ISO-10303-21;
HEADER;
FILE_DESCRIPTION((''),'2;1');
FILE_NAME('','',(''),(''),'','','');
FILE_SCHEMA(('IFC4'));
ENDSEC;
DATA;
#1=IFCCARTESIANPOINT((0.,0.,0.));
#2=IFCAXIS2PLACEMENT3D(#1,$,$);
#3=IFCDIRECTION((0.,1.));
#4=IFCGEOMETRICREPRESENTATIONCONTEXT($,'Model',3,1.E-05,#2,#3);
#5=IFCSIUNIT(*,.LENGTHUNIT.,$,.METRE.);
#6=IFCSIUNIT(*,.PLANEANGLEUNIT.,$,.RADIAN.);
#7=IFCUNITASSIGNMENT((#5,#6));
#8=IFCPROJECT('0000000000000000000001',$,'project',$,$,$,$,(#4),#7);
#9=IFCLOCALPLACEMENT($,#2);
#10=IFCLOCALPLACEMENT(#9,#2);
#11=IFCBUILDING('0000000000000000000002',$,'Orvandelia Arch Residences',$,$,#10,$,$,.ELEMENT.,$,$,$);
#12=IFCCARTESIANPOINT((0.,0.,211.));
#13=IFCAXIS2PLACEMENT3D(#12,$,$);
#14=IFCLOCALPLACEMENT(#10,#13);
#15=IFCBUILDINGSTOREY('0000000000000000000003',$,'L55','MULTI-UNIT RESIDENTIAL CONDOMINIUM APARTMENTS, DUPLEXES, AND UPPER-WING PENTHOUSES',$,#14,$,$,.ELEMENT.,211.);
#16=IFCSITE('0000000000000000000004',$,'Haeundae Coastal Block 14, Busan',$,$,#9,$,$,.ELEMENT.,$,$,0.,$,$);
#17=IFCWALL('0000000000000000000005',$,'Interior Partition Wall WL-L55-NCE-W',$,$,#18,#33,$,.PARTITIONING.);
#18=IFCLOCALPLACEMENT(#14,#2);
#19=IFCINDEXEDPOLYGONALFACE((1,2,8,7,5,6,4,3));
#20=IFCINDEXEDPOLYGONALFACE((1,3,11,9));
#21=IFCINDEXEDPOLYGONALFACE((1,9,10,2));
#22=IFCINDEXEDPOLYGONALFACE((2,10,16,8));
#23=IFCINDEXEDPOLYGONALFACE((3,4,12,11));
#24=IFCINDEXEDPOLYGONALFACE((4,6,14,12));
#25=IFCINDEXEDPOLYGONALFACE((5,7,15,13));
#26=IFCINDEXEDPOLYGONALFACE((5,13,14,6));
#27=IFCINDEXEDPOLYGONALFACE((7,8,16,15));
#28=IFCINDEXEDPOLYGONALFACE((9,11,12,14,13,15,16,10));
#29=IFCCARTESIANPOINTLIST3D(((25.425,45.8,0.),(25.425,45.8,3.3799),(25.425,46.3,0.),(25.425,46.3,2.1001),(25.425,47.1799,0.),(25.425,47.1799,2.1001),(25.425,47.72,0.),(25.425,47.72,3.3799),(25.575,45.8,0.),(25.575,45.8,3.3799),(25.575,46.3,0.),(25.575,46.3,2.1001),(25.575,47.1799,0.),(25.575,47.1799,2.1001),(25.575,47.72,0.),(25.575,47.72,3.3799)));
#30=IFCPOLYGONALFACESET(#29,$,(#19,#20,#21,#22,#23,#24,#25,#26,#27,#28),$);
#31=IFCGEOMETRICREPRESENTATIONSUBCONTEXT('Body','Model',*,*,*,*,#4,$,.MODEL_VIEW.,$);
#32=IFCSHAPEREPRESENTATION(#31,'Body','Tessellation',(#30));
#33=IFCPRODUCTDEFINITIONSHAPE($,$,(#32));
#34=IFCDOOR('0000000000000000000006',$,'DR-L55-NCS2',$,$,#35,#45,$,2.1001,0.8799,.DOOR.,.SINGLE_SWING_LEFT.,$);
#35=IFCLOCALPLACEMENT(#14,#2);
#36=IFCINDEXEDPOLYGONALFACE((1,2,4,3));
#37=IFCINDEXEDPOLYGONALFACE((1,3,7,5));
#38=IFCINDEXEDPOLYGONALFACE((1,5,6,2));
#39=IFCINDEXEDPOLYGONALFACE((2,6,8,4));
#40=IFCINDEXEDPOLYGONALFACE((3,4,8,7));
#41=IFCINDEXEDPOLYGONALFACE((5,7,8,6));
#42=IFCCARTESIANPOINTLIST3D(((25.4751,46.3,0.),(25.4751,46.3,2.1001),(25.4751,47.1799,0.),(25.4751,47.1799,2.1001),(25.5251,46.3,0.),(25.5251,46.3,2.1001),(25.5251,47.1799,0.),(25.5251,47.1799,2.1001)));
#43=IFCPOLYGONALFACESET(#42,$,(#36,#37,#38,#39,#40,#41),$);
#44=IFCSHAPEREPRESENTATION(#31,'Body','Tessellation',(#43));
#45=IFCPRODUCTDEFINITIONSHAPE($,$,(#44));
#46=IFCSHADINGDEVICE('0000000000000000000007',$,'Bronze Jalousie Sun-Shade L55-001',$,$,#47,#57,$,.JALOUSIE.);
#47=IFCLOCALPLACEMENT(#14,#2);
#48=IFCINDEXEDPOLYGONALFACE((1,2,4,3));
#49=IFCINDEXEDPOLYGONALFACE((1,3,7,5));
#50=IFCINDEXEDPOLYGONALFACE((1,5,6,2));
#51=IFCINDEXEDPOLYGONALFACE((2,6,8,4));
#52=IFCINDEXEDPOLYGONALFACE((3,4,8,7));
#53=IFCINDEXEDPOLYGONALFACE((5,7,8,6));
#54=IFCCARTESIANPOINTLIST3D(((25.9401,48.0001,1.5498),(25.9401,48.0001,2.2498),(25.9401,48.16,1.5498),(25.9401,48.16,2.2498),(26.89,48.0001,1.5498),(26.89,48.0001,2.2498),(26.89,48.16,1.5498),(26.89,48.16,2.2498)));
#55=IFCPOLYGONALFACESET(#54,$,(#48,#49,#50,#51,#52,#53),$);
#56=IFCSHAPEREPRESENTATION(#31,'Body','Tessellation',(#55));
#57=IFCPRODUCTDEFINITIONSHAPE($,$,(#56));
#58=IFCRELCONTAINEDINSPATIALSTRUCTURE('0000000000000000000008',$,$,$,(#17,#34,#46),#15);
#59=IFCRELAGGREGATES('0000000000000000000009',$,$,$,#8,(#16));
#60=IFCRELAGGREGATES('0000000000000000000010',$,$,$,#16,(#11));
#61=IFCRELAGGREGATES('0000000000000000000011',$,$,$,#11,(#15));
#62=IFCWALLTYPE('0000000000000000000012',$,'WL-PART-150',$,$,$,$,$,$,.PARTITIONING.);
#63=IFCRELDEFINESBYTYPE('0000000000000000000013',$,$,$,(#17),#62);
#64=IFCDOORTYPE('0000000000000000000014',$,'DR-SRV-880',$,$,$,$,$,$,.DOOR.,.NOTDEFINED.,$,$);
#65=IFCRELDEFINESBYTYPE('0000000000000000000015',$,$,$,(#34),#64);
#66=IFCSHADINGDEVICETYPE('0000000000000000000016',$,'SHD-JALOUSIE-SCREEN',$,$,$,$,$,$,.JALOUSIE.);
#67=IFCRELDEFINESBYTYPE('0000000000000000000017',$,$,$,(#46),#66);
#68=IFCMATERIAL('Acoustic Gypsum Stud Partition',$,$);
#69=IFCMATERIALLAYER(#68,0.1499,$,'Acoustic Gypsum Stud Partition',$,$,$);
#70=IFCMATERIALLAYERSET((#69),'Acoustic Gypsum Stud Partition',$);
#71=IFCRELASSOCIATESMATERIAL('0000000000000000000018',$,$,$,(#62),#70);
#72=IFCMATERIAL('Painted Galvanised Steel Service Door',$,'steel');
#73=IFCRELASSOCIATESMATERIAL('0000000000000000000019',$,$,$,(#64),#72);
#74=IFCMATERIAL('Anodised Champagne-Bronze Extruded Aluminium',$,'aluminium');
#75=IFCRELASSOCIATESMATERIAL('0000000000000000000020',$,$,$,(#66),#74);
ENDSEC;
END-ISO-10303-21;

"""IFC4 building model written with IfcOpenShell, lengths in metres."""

from ifc_helpers import new_model, si_unit, direction, frame, frame_2d, origin, origin_2d, place, context, subcontext, project, spatial, rectangle, extrude, material, layer, layer_set, type_object, element, fill, save


model = new_model("IFC4")

# Units and contexts
model_context = context("Model", 3, precision=1e-05, world=origin(), true_north=direction((0.0, 1.0)))
body_context = subcontext(model_context, "Body", "Model", "MODEL_VIEW")
ifc_project = project(units=[si_unit("LENGTHUNIT", "METRE"), si_unit("PLANEANGLEUNIT", "RADIAN")], contexts=[model_context])

# Site, building, storey
site_placement = place(None, origin())
site = spatial("IfcSite", under=ifc_project, at=site_placement, Name="Haeundae Coastal Block 14, Busan", CompositionType="ELEMENT", RefElevation=0.0)
building_placement = place(site_placement, origin())
building = spatial("IfcBuilding", under=site, at=building_placement, Name="Orvandelia Arch Residences", CompositionType="ELEMENT")
storey_placement = place(building_placement, frame((0.0, 0.0, 211.0)))
storey = spatial("IfcBuildingStorey", under=building, at=storey_placement, Name="L55", Description="MULTI-UNIT RESIDENTIAL CONDOMINIUM APARTMENTS, DUPLEXES, AND UPPER-WING PENTHOUSES", CompositionType="ELEMENT", Elevation=211.0)

# Wall, opening, door
ifc_material_1 = material(Name="Acoustic Gypsum Stud Partition")
ifc_layer_1 = layer(ifc_material_1, 0.1499, Name="Acoustic Gypsum Stud Partition")
ifc_layer_set_1 = layer_set([ifc_layer_1], Name="Acoustic Gypsum Stud Partition")
wall_type_1 = type_object("IfcWallType", Name="WL-PART-150", PredefinedType="PARTITIONING", material=ifc_layer_set_1)
wall_1_placement = place(storey_placement, frame((25.5, 45.8, 0.0), z_axis=(0.0, 0.0, 1.0), x_axis=(0.0, 1.0, 0.0)))
wall_1 = element("IfcWall", 1, at=wall_1_placement, inside=storey, type_object=wall_type_1, Name="Interior Partition Wall WL-L55-NCE-W", PredefinedType="PARTITIONING", context=body_context, shape_type="SweptSolid", body=[
    extrude(rectangle(XDim=1.9199, YDim=0.1499, at=frame_2d((0.96, 0.0))), origin(), (0.0, 0.0, 1.0), 3.3799),
])
opening_1_placement = place(wall_1_placement, frame((0.5, 0.0, 0.0)))
opening_1 = element("IfcOpeningElement", 2, at=opening_1_placement, cuts=wall_1, PredefinedType="OPENING", context=body_context, shape_type="SweptSolid", body=[
    extrude(rectangle(XDim=0.8799, YDim=2.1001, at=frame_2d((0.4399, 1.05))), frame((0.0, 0.085, 0.0), z_axis=(0.0, -1.0, 0.0), x_axis=(1.0, 0.0, 0.0)), (0.0, 0.0, 1.0), 0.1699),
])
ifc_material_2 = material(Name="Painted Galvanised Steel Service Door", Category="steel")
door_type_1 = type_object("IfcDoorType", Name="DR-SRV-880", OperationType="NOTDEFINED", PredefinedType="DOOR", material=ifc_material_2)
door_1_placement = place(opening_1_placement, origin())
door_1 = element("IfcDoor", 3, at=door_1_placement, inside=storey, type_object=door_type_1, Name="DR-L55-NCS2", OperationType="SINGLE_SWING_LEFT", OverallHeight=2.1001, OverallWidth=0.8799, PredefinedType="DOOR", context=body_context, shape_type="SweptSolid", body=[
    extrude(rectangle(XDim=0.8799, YDim=2.1001, at=frame_2d((0.4399, 1.05))), frame((0.0, 0.0249, 0.0), z_axis=(0.0, -1.0, 0.0), x_axis=(1.0, 0.0, 0.0)), (0.0, 0.0, 1.0), 0.05),
])
fill(opening_1, door_1)

# Shading device
ifc_material_3 = material(Name="Anodised Champagne-Bronze Extruded Aluminium", Category="aluminium")
shading_device_type = type_object("IfcShadingDeviceType", Name="SHD-JALOUSIE-SCREEN", PredefinedType="JALOUSIE", material=ifc_material_3)
shading_device_placement = place(storey_placement, frame((26.415, 48.0801, 1.5498), z_axis=(0.0, 0.0, 1.0), x_axis=(1.0, 0.0, 0.0)))
element("IfcShadingDevice", 4, at=shading_device_placement, inside=storey, type_object=shading_device_type, Name="Bronze Jalousie Sun-Shade L55-001", PredefinedType="JALOUSIE", context=body_context, shape_type="SweptSolid", body=[
    extrude(rectangle(XDim=0.95, YDim=0.1599, at=origin_2d()), origin(), (0.0, 0.0, 1.0), 0.7),
])

save(model, "model.ifc")
